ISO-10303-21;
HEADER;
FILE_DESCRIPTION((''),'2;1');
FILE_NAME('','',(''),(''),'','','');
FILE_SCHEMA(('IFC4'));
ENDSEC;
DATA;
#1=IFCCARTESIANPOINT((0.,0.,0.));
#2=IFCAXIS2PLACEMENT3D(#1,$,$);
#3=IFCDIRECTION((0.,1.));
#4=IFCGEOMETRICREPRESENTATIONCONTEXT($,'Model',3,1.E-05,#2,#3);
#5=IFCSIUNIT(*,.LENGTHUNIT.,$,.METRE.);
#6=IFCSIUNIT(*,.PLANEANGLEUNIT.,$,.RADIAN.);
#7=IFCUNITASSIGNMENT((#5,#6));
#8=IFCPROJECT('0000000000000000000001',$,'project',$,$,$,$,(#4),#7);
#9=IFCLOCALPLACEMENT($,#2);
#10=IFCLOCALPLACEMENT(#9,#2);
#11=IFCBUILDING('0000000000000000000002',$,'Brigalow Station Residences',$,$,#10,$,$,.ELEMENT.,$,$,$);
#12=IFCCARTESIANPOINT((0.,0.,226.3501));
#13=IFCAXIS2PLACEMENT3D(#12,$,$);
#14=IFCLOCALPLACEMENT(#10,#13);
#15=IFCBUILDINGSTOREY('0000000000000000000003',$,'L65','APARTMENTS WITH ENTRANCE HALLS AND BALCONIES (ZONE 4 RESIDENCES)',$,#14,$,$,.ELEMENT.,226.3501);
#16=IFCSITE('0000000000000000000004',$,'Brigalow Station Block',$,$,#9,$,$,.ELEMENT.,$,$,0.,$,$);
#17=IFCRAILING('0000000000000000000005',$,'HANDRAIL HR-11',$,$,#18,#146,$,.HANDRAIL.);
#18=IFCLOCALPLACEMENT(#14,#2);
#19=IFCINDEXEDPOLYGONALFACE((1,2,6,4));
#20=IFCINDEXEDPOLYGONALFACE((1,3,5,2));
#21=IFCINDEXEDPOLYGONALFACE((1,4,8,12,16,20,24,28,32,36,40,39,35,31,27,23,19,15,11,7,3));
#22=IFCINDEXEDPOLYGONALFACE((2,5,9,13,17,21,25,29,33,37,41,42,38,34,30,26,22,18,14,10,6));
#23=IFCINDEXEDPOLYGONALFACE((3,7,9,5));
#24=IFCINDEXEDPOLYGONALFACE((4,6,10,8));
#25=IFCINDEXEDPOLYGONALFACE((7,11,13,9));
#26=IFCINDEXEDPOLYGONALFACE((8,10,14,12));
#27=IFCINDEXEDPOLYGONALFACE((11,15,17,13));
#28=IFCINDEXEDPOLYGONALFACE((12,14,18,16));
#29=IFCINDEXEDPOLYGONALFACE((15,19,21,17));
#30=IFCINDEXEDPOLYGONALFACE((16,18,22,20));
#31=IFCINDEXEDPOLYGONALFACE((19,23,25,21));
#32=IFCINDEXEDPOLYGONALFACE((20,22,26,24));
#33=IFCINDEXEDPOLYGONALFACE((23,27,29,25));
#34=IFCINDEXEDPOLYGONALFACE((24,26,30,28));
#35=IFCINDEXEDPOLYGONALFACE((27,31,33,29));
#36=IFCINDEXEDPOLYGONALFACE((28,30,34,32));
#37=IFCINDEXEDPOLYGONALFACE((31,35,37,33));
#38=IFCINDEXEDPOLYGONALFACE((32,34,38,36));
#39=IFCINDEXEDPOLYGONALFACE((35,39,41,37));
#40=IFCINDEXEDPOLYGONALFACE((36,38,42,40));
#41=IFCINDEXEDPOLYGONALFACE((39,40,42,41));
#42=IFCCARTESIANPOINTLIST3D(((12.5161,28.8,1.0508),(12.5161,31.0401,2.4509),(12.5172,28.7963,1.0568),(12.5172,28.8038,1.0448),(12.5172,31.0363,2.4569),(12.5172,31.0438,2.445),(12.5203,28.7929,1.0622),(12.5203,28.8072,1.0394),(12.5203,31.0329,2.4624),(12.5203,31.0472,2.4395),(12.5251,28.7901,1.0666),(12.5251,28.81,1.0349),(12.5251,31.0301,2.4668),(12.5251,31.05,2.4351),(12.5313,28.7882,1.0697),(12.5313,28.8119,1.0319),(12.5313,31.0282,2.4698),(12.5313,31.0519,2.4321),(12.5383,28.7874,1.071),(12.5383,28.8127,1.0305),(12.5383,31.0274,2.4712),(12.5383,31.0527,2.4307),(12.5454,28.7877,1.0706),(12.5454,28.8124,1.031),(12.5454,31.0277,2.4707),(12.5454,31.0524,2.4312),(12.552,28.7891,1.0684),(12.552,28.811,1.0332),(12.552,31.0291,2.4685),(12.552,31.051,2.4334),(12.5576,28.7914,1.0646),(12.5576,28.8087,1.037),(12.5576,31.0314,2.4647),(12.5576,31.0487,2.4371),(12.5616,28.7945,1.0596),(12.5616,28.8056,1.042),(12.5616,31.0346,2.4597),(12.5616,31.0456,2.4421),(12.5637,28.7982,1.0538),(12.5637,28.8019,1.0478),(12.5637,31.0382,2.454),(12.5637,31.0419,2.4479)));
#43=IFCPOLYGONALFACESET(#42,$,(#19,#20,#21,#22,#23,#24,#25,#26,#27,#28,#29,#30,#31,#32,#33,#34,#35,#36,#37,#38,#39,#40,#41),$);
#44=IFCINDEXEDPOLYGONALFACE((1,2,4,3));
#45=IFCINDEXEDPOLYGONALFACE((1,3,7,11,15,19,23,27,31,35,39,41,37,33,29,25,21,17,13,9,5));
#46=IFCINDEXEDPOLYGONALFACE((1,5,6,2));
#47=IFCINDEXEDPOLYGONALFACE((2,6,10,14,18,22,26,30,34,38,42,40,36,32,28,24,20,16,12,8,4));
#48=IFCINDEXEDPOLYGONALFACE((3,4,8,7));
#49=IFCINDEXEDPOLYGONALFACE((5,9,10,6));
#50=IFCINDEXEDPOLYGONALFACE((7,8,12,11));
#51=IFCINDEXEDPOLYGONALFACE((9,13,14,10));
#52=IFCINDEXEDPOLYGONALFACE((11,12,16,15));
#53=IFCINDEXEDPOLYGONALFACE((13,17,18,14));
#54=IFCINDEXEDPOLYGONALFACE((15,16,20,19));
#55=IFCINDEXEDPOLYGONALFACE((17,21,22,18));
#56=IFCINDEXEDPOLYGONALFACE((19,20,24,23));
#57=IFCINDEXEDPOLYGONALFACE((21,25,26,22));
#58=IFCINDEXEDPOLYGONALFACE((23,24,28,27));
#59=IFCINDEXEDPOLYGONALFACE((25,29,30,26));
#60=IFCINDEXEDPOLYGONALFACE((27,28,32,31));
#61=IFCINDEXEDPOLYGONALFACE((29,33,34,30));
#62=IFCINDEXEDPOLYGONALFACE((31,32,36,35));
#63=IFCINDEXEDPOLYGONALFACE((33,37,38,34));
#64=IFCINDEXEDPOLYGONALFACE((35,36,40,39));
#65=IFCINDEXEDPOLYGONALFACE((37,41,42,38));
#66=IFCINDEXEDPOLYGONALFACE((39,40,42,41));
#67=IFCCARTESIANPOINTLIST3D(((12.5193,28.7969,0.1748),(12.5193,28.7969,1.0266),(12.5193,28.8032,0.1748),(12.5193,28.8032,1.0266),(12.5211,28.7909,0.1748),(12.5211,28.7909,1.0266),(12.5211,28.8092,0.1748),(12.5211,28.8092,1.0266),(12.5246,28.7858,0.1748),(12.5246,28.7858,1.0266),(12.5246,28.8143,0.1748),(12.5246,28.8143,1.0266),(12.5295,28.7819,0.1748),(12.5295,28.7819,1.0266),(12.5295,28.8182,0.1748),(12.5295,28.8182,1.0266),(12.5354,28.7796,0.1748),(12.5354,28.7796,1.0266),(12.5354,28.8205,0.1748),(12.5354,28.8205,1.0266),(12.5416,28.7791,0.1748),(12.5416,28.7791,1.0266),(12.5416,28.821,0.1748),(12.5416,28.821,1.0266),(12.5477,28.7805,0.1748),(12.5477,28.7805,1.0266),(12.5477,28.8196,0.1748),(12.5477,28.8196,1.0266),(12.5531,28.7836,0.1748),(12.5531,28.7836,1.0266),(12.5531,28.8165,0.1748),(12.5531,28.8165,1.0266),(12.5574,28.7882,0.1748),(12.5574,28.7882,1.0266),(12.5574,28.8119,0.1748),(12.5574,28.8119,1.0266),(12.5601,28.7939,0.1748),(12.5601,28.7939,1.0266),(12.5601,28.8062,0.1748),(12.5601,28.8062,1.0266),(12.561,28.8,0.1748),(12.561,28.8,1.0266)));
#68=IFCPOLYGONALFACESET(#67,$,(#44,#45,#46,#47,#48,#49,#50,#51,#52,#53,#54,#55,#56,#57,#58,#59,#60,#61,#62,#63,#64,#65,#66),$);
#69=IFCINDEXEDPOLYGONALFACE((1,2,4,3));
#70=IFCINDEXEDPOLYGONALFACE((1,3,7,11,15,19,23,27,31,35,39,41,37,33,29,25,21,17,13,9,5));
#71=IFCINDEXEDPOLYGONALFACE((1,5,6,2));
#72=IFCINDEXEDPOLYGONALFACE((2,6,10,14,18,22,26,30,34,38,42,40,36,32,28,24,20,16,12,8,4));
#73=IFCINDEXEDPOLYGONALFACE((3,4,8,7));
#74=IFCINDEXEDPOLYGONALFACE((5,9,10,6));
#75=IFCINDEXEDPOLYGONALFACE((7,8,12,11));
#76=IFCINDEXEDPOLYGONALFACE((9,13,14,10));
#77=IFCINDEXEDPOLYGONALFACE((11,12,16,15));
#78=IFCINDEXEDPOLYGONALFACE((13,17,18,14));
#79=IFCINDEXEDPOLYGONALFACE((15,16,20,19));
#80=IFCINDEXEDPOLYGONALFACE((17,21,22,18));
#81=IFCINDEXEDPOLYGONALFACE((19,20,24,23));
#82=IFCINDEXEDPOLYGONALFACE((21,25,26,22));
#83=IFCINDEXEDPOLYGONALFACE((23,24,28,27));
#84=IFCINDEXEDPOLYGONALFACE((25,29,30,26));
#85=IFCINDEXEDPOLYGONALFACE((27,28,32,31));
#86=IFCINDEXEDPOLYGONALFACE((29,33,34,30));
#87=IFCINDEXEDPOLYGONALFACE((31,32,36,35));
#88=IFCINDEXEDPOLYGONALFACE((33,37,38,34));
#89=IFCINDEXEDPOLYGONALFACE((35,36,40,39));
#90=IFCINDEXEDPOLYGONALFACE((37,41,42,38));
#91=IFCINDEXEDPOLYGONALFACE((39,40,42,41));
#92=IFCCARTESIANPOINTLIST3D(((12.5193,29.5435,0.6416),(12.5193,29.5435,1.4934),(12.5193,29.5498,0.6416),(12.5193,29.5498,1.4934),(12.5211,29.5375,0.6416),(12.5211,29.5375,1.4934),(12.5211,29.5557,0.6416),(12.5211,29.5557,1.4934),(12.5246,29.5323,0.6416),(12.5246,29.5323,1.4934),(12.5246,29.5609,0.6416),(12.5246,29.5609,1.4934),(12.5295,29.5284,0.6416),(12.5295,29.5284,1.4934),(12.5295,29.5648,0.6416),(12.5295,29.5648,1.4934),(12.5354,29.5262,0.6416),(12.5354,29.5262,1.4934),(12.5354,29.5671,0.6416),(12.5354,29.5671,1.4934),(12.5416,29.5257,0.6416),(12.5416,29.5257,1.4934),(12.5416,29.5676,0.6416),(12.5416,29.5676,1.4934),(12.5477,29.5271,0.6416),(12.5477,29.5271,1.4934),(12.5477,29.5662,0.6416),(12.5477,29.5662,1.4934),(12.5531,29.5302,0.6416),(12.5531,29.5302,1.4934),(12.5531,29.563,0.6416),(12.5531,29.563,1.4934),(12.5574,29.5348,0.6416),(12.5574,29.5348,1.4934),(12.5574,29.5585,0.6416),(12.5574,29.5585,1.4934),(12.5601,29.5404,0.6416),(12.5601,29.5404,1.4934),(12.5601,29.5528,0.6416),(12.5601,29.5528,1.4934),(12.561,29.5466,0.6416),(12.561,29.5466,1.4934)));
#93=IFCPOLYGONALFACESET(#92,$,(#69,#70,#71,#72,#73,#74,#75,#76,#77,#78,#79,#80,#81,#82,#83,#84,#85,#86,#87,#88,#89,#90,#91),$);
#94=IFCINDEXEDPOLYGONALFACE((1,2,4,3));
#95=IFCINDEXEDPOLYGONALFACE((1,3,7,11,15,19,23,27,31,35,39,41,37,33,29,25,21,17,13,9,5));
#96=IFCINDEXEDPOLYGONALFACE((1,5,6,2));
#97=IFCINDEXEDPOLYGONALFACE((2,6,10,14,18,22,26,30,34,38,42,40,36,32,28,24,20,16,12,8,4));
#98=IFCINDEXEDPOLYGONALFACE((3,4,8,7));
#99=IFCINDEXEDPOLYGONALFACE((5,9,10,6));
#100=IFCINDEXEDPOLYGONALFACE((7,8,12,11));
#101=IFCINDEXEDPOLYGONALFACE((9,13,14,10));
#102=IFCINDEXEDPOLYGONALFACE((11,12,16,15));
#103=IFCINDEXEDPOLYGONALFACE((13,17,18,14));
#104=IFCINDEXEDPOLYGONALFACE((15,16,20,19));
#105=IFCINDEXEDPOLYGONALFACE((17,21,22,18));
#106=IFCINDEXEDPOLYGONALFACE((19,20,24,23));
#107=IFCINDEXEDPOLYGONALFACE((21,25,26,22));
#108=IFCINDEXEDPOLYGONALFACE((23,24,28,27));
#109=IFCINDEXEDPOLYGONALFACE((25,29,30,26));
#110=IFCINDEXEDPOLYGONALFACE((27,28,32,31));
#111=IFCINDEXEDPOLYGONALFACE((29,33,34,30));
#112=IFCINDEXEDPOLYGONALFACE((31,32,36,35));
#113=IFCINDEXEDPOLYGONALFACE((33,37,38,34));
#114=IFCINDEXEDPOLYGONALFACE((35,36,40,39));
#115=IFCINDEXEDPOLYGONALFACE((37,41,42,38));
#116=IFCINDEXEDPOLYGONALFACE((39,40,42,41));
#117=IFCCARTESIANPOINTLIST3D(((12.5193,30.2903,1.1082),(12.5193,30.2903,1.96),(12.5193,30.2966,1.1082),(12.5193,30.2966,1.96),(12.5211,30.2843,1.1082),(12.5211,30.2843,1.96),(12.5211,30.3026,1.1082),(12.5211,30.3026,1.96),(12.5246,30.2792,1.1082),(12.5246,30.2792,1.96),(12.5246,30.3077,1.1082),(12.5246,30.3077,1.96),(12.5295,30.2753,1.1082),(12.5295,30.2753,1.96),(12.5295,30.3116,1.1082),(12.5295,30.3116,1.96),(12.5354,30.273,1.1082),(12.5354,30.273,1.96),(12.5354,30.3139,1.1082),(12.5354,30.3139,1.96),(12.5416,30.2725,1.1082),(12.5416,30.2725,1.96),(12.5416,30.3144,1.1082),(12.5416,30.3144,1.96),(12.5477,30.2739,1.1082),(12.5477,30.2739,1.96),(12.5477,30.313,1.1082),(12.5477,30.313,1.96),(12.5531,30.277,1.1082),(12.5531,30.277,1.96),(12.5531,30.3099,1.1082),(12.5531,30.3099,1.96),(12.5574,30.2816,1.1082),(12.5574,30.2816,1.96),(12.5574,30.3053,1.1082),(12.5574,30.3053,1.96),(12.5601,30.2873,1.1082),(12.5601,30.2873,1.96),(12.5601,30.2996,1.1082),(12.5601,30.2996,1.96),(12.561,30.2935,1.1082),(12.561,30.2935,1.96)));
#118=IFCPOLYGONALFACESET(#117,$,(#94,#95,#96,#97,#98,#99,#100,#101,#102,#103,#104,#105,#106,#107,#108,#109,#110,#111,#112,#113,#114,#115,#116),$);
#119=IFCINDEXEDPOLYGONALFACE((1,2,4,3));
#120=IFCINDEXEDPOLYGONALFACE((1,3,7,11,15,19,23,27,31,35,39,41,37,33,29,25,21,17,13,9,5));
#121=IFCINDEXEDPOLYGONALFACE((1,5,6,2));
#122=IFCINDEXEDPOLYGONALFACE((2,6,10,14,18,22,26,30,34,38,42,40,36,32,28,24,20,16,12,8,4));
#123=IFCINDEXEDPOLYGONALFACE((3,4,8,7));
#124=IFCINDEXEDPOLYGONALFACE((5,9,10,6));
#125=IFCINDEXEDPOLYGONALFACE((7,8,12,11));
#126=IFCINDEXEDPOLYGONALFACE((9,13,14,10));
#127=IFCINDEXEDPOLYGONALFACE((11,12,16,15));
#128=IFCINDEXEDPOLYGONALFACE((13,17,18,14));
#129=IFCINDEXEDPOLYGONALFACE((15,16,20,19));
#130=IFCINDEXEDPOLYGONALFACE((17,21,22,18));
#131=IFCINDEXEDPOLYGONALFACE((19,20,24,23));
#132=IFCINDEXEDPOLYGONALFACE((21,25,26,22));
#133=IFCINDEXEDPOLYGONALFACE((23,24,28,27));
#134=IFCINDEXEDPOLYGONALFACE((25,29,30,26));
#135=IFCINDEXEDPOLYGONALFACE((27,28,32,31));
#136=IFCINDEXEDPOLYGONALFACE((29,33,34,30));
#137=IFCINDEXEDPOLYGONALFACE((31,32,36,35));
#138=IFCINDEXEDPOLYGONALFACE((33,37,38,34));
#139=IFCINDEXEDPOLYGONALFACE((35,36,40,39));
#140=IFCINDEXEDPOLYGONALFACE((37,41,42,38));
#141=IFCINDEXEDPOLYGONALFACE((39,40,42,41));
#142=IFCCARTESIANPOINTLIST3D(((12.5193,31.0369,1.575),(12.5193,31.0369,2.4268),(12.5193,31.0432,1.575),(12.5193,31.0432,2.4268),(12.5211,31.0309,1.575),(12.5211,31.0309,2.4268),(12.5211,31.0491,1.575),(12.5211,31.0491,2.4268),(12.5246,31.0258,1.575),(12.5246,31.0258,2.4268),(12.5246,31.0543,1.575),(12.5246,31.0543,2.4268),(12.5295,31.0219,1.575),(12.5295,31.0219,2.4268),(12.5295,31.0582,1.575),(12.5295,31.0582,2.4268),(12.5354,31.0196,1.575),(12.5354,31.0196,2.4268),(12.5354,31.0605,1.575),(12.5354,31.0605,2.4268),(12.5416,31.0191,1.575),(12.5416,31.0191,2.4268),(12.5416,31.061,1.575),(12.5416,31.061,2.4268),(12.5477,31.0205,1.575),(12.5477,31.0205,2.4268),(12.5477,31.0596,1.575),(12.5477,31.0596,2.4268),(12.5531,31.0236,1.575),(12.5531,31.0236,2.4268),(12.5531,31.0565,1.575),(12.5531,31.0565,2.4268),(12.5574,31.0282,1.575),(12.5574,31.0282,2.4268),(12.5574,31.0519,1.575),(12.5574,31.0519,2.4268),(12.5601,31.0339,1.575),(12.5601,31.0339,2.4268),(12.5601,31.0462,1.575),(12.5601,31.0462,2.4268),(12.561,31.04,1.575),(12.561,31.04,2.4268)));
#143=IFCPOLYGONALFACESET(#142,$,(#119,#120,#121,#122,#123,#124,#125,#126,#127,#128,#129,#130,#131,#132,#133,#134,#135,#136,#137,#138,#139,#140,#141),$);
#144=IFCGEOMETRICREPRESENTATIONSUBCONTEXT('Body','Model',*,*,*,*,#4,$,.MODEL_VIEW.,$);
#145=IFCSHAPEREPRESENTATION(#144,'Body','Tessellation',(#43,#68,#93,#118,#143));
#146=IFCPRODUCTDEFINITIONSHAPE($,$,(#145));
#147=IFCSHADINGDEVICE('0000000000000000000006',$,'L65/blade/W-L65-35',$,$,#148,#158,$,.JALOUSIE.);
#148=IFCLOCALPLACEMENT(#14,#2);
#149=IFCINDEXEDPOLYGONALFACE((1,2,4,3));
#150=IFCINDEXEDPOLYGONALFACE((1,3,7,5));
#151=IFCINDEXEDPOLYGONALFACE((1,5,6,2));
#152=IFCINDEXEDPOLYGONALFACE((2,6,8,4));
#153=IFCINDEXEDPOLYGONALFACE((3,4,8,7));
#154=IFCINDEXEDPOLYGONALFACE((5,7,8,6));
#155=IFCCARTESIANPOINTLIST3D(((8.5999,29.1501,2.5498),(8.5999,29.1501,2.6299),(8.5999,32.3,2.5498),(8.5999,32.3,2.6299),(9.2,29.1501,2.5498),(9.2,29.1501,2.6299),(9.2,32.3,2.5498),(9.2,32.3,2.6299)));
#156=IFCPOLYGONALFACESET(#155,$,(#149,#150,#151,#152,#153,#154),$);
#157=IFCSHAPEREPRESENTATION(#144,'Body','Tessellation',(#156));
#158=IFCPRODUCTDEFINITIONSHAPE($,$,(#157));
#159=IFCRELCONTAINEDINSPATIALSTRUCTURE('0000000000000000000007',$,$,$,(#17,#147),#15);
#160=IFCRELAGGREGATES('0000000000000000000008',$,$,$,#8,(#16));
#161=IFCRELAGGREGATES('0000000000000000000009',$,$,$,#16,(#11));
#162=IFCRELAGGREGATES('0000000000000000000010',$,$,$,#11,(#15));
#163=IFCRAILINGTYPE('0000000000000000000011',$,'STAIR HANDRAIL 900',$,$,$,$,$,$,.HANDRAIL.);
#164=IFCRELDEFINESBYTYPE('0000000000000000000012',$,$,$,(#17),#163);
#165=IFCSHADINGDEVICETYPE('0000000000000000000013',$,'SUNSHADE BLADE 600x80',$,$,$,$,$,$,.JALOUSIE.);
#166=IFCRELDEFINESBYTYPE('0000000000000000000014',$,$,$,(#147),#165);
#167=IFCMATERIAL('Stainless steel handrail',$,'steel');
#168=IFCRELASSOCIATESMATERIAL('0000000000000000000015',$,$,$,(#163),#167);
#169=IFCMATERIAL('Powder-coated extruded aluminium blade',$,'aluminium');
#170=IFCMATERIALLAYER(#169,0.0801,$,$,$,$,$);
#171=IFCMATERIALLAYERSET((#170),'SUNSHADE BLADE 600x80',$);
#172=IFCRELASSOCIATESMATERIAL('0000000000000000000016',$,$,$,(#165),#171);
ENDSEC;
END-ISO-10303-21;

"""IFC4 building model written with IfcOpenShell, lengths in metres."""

from ifc_helpers import new_model, si_unit, direction, frame, origin, origin_2d, place, context, subcontext, project, spatial, rectangle, circle, extrude, material, layer, layer_set, type_object, element, save


model = new_model("IFC4")

# Units and contexts
model_context = context("Model", 3, precision=1e-05, world=origin(), true_north=direction((0.0, 1.0)))
body_context = subcontext(model_context, "Body", "Model", "MODEL_VIEW")
ifc_project = project(units=[si_unit("LENGTHUNIT", "METRE"), si_unit("PLANEANGLEUNIT", "RADIAN")], contexts=[model_context])

# Site, building, storey
site_placement = place(None, origin())
site = spatial("IfcSite", under=ifc_project, at=site_placement, Name="Brigalow Station Block", CompositionType="ELEMENT", RefElevation=0.0)
building_placement = place(site_placement, origin())
building = spatial("IfcBuilding", under=site, at=building_placement, Name="Brigalow Station Residences", CompositionType="ELEMENT")
storey_placement = place(building_placement, frame((0.0, 0.0, 226.3501)))
storey = spatial("IfcBuildingStorey", under=building, at=storey_placement, Name="L65", Description="APARTMENTS WITH ENTRANCE HALLS AND BALCONIES (ZONE 4 RESIDENCES)", CompositionType="ELEMENT", Elevation=226.3501)

# Railing
ifc_material_1 = material(Name="Stainless steel handrail", Category="steel")
railing_type_1 = type_object("IfcRailingType", Name="STAIR HANDRAIL 900", PredefinedType="HANDRAIL", material=ifc_material_1)
railing_1_placement = place(storey_placement, frame((12.54, 28.8, 0.1748)))
element("IfcRailing", 1, at=railing_1_placement, inside=storey, type_object=railing_type_1, Name="HANDRAIL HR-11", PredefinedType="HANDRAIL", context=body_context, shape_type="SweptSolid", body=[
    extrude(circle(Radius=0.0239, at=origin_2d()), frame((0.0, 0.0, 0.876), z_axis=(0.0, 0.847972, 0.53004), x_axis=(-1.0, 0.0, 0.0)), (0.0, 0.0, 1.0), 2.6416),
    extrude(circle(Radius=0.021, at=origin_2d()), origin(), (0.0, 0.0, 1.0), 0.8518),
    extrude(circle(Radius=0.021, at=origin_2d()), frame((0.0, 0.7466, 0.4668)), (0.0, 0.0, 1.0), 0.8518),
    extrude(circle(Radius=0.021, at=origin_2d()), frame((0.0, 1.4934, 0.9333)), (0.0, 0.0, 1.0), 0.8518),
    extrude(circle(Radius=0.021, at=origin_2d()), frame((0.0, 2.24, 1.4001)), (0.0, 0.0, 1.0), 0.8518),
])

# Shading device
ifc_material_2 = material(Name="Powder-coated extruded aluminium blade", Category="aluminium")
ifc_layer_1 = layer(ifc_material_2, 0.0801)
ifc_layer_set_1 = layer_set([ifc_layer_1], Name="SUNSHADE BLADE 600x80")
shading_device_type = type_object("IfcShadingDeviceType", Name="SUNSHADE BLADE 600x80", PredefinedType="JALOUSIE", material=ifc_layer_set_1)
shading_device_placement = place(storey_placement, frame((8.8999, 30.7251, 2.5498), z_axis=(0.0, 0.0, 1.0), x_axis=(0.0, -1.0, 0.0)))
element("IfcShadingDevice", 2, at=shading_device_placement, inside=storey, type_object=shading_device_type, Name="L65/blade/W-L65-35", PredefinedType="JALOUSIE", context=body_context, shape_type="SweptSolid", body=[
    extrude(rectangle(XDim=3.1499, YDim=0.6001, at=origin_2d()), origin(), (0.0, 0.0, 1.0), 0.0801),
])

save(model, "model.ifc")
